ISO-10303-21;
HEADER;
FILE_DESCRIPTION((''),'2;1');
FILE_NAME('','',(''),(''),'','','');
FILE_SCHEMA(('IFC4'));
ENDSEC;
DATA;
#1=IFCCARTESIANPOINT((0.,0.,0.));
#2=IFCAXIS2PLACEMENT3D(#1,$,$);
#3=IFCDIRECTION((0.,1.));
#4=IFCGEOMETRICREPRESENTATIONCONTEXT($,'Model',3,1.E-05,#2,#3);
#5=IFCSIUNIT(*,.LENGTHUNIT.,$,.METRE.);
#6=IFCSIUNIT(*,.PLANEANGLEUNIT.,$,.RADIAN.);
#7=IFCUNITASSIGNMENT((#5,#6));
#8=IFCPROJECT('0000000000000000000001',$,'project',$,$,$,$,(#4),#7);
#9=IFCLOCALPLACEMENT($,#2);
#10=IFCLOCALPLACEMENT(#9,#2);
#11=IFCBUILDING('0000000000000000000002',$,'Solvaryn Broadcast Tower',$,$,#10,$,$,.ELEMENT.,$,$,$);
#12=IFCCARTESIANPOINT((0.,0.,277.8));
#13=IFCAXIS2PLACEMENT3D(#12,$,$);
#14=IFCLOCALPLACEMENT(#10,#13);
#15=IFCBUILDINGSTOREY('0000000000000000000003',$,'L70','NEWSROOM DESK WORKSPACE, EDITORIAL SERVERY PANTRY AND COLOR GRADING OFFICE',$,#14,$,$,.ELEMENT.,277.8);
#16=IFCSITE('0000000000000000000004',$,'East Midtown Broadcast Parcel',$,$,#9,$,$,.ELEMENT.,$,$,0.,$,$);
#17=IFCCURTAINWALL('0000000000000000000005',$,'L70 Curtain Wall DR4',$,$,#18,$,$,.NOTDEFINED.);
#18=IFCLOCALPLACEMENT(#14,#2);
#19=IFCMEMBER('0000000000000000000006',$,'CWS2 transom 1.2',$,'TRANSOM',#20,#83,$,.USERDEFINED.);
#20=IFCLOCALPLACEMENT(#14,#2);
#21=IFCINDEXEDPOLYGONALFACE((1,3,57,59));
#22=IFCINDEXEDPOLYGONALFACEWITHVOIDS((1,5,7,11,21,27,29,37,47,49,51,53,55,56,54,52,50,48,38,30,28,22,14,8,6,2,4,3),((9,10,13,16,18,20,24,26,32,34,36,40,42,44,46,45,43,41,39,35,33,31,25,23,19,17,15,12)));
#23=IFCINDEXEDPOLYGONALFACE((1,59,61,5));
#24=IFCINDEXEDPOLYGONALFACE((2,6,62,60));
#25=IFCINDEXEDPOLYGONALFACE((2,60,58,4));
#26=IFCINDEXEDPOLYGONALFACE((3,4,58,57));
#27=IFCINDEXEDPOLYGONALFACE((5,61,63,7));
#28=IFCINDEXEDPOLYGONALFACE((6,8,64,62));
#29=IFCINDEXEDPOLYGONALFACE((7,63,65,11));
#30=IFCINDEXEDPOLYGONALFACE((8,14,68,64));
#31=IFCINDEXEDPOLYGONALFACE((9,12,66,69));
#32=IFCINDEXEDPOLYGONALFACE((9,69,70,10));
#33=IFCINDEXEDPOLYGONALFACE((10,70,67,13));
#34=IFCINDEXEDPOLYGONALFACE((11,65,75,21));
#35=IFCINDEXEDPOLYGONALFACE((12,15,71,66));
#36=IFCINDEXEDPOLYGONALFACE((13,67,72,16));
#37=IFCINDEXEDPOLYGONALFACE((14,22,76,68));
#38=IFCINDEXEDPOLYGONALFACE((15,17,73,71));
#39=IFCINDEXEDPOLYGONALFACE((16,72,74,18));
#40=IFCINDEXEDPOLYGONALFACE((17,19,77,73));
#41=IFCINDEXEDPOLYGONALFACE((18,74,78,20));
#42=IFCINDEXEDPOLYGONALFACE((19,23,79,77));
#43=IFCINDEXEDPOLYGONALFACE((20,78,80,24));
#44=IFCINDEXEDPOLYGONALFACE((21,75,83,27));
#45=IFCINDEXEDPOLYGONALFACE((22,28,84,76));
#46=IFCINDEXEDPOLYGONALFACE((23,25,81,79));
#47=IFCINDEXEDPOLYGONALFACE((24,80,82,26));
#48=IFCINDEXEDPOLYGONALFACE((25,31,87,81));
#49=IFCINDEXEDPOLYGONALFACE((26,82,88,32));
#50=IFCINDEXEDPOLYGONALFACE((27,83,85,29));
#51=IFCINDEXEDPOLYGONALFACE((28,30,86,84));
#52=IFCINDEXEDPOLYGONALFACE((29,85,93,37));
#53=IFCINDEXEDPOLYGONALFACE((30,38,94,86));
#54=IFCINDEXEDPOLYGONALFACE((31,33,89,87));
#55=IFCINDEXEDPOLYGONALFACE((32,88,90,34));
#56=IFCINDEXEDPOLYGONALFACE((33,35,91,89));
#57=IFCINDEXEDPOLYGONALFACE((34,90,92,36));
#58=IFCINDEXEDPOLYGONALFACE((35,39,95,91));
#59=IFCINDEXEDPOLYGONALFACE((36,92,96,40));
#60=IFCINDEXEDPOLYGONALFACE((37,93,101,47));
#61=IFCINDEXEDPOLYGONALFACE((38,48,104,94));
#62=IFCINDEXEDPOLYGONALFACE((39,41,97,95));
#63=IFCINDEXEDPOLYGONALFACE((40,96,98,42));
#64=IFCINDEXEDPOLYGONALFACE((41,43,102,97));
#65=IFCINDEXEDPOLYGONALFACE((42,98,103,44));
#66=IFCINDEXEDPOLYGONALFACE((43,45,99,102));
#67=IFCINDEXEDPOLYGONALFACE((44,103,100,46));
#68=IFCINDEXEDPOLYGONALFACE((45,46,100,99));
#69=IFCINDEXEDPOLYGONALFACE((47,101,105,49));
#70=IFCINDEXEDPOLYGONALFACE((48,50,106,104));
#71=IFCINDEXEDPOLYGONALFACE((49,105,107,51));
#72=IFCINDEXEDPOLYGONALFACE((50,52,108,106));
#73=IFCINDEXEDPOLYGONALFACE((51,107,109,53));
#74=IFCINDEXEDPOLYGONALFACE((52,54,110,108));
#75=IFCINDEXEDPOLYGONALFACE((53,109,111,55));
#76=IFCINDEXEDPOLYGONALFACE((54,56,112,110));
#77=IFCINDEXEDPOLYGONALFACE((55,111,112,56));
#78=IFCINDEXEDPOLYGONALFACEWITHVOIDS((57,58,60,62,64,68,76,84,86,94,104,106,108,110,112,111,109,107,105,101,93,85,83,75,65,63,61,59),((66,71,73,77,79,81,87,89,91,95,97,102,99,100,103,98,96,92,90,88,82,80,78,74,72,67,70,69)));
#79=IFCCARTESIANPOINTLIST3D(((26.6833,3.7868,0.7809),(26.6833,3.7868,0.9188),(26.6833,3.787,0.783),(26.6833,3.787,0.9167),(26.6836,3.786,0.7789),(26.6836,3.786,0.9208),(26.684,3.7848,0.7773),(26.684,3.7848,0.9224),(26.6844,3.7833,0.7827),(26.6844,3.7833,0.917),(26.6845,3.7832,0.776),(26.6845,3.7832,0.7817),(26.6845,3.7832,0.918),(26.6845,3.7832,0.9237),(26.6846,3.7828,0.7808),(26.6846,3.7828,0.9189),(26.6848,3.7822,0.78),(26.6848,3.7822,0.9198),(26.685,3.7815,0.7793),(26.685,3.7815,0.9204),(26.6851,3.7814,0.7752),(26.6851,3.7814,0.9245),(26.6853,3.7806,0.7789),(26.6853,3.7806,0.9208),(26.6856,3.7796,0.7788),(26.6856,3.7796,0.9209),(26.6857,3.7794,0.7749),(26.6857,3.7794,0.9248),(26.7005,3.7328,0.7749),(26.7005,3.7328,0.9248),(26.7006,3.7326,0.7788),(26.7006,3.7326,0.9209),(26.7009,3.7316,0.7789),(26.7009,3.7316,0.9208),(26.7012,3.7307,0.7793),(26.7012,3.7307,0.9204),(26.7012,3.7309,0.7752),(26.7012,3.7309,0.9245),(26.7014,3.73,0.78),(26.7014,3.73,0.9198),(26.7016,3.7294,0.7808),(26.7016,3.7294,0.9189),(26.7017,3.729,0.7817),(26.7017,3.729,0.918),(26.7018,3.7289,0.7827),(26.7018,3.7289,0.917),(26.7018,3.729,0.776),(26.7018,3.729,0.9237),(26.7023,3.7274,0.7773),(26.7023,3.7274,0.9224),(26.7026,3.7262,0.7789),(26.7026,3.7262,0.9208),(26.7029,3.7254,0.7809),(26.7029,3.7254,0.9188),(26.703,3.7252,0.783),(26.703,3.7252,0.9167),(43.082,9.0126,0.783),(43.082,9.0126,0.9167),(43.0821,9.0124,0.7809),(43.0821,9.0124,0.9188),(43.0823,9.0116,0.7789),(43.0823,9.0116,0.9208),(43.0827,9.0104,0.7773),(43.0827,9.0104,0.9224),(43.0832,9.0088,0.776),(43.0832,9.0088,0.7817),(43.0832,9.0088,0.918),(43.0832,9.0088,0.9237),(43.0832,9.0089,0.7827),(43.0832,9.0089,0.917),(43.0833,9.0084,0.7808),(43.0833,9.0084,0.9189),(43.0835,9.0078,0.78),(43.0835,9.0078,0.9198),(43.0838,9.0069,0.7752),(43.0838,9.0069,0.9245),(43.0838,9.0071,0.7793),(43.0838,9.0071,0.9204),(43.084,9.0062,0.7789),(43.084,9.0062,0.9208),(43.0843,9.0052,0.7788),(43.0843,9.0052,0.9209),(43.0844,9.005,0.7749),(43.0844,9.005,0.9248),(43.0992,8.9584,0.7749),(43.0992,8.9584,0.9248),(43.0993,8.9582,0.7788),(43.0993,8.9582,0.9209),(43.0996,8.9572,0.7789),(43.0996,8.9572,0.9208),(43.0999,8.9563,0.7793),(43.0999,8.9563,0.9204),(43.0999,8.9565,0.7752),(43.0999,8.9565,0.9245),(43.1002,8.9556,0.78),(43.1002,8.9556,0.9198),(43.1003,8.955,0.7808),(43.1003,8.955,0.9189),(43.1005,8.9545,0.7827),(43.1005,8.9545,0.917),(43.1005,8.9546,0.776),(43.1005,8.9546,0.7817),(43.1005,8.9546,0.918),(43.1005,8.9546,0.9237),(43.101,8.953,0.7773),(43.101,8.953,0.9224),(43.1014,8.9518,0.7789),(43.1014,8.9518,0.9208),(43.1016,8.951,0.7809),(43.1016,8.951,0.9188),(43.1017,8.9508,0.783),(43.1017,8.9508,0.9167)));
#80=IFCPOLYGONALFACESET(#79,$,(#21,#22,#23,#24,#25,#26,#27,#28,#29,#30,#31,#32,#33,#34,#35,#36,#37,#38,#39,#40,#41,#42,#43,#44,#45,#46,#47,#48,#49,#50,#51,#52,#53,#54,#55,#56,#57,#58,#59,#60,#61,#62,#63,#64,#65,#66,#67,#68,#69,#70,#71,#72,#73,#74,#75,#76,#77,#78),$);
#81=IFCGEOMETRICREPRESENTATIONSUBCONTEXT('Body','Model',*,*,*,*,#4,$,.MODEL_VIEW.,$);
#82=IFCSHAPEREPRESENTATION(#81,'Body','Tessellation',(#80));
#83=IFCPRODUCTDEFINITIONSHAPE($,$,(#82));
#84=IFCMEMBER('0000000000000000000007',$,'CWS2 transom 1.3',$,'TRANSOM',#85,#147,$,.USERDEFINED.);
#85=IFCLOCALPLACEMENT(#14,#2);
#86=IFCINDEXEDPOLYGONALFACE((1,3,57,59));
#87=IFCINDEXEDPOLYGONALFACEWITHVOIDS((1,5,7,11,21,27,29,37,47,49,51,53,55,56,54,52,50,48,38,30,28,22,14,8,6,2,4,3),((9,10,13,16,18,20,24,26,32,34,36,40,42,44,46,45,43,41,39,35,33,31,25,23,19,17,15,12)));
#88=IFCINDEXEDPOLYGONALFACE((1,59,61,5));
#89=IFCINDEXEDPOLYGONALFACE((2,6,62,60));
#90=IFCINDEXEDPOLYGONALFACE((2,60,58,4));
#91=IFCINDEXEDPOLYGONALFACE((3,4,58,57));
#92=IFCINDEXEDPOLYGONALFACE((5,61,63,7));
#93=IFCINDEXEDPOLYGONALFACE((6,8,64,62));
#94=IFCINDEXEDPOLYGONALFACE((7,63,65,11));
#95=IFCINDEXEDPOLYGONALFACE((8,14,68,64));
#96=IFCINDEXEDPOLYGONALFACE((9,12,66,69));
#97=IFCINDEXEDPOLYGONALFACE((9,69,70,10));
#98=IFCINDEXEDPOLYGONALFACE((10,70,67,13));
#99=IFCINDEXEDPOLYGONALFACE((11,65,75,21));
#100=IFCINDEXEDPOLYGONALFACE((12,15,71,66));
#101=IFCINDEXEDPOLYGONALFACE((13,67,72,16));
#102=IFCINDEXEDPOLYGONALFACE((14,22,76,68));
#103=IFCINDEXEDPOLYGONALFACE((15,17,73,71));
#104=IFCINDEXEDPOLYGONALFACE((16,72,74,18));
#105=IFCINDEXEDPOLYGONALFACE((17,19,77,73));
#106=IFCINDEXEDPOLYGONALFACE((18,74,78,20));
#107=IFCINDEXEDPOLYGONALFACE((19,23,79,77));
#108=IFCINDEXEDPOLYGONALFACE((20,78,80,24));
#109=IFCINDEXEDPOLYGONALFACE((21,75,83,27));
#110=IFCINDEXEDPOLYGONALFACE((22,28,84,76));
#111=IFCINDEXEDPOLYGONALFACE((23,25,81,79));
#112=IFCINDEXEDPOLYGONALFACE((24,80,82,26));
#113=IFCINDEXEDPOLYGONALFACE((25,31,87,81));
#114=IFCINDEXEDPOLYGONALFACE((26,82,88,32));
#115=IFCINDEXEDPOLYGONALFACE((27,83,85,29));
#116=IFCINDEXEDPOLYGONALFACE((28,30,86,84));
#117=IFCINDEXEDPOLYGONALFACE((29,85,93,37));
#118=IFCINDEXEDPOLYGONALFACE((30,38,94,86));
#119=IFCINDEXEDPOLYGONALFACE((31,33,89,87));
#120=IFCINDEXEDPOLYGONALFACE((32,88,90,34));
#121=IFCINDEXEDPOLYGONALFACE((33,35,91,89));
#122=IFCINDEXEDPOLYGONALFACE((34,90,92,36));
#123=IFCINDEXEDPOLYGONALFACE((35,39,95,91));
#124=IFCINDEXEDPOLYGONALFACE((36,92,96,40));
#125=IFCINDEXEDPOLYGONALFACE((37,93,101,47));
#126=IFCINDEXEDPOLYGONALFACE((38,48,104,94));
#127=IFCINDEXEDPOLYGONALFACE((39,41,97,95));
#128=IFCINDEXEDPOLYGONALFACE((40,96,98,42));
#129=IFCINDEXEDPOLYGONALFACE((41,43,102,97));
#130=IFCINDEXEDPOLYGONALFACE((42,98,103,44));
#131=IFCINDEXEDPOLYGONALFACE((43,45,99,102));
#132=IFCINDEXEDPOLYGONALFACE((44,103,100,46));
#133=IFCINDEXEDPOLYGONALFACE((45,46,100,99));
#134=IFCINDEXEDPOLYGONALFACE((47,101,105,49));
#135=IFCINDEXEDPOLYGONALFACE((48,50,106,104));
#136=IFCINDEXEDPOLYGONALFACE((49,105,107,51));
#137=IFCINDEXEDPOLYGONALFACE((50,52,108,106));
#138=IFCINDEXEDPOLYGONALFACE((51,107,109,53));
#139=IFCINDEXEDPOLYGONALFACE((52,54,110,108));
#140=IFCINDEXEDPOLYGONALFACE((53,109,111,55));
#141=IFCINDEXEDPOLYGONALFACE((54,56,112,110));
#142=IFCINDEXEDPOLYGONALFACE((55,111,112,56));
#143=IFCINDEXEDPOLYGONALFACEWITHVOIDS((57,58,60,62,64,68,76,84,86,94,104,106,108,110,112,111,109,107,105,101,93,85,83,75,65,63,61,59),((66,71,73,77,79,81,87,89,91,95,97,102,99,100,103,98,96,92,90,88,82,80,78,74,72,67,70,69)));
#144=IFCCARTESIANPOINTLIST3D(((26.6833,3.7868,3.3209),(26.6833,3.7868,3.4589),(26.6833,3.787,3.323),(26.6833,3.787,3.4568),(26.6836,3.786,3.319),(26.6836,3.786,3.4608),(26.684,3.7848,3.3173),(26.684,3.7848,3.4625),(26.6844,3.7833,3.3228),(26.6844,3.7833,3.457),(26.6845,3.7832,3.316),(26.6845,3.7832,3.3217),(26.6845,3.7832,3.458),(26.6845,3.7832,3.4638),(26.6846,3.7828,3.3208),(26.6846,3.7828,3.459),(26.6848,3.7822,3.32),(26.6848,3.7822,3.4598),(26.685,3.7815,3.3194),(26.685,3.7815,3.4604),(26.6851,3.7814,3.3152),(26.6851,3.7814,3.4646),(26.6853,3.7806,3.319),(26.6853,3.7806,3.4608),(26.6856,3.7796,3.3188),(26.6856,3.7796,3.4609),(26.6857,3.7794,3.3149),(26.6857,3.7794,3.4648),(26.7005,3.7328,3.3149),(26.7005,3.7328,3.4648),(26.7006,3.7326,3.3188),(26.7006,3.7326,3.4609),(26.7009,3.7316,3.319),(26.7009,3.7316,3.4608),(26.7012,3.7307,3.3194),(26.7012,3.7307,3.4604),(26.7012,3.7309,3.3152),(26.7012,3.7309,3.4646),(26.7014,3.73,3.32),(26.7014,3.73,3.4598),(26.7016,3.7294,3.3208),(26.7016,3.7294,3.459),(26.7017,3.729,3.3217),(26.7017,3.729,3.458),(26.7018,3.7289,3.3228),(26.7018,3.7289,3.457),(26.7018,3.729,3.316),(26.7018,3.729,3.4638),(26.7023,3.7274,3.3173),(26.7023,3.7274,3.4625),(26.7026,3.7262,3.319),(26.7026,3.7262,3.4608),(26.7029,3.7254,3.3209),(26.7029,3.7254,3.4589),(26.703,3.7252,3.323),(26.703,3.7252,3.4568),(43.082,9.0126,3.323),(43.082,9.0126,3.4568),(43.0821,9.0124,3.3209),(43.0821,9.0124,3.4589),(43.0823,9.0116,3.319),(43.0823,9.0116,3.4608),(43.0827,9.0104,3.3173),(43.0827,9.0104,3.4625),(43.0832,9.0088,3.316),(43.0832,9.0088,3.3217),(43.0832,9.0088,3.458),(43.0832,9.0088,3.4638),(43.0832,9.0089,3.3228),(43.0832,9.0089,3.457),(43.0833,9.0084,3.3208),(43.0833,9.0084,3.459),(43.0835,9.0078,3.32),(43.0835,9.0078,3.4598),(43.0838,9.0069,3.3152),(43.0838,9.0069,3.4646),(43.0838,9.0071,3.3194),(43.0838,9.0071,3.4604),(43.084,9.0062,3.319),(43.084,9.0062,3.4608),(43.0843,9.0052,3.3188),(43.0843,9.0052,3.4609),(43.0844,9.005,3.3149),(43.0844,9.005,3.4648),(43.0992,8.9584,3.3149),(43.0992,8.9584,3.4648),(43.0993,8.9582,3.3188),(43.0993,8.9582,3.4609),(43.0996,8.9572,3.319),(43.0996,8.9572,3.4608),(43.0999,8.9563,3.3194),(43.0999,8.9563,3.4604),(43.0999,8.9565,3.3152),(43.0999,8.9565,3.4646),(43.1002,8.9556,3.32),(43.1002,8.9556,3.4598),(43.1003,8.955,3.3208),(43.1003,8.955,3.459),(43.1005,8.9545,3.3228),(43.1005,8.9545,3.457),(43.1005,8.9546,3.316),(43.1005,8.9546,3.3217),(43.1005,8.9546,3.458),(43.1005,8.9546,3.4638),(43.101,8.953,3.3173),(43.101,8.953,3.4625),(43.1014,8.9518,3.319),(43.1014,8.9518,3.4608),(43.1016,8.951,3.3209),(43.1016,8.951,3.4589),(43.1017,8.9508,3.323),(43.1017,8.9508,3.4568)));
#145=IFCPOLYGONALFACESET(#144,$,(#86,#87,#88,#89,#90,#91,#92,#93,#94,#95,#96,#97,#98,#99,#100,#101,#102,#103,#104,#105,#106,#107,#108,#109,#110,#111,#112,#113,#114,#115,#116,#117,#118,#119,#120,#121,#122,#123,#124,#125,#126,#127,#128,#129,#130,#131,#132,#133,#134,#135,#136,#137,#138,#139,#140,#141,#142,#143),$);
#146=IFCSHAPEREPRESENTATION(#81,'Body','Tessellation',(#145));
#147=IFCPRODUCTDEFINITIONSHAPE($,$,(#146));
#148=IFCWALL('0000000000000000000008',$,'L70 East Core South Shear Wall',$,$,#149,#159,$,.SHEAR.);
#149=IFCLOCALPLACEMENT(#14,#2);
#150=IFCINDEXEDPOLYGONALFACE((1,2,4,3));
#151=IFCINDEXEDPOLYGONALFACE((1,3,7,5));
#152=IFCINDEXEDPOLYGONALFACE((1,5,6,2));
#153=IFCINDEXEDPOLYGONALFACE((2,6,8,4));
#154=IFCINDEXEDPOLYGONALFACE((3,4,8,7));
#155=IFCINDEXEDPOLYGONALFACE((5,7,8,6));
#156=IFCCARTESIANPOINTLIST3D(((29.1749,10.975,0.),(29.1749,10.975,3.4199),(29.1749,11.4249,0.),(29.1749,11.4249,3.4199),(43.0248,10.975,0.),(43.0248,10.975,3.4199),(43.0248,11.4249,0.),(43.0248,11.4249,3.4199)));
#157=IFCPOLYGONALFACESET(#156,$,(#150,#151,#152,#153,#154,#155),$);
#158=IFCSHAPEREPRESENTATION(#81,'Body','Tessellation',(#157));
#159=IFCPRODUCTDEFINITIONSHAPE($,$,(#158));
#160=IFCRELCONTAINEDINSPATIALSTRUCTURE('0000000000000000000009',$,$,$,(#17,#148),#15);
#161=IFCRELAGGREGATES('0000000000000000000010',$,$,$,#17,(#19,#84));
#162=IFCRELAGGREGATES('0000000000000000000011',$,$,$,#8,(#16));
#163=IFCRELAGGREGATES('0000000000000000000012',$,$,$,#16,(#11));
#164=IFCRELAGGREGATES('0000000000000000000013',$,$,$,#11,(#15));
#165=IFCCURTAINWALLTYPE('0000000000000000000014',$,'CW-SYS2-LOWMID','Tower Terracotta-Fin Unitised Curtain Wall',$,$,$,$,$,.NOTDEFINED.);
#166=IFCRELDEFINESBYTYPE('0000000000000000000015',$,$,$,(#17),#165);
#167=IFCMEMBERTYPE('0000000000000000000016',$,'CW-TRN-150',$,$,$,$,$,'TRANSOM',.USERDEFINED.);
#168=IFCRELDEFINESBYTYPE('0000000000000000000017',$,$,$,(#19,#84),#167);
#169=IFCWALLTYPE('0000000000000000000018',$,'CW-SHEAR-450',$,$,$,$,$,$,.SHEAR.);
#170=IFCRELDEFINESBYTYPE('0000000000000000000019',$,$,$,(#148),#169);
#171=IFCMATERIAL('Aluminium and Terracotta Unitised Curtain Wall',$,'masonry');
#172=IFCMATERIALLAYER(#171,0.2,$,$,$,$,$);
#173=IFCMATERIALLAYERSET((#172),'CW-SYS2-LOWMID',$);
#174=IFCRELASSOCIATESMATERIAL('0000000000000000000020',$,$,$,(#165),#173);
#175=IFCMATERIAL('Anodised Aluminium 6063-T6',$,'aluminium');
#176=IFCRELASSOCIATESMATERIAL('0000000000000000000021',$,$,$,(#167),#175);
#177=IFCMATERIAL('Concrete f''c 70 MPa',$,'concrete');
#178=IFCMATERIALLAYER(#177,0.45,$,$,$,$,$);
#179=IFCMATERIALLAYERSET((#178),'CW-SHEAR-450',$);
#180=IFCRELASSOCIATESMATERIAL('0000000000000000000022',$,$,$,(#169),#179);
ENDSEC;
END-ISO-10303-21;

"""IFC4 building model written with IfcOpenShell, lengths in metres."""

from ifc_helpers import new_model, si_unit, direction, frame, frame_2d, origin, origin_2d, place, context, subcontext, project, spatial, rectangle, hollow_rectangle, extrude, material, layer, layer_set, material_profile, profile_set, type_object, element, aggregate, save


model = new_model("IFC4")

# Units and contexts
model_context = context("Model", 3, precision=1e-05, world=origin(), true_north=direction((0.0, 1.0)))
body_context = subcontext(model_context, "Body", "Model", "MODEL_VIEW")
ifc_project = project(units=[si_unit("LENGTHUNIT", "METRE"), si_unit("PLANEANGLEUNIT", "RADIAN")], contexts=[model_context])

# Site, building, storey
site_placement = place(None, origin())
site = spatial("IfcSite", under=ifc_project, at=site_placement, Name="East Midtown Broadcast Parcel", CompositionType="ELEMENT", RefElevation=0.0)
building_placement = place(site_placement, origin())
building = spatial("IfcBuilding", under=site, at=building_placement, Name="Solvaryn Broadcast Tower", CompositionType="ELEMENT")
storey_placement = place(building_placement, frame((0.0, 0.0, 277.8)))
storey = spatial("IfcBuildingStorey", under=building, at=storey_placement, Name="L70", Description="NEWSROOM DESK WORKSPACE, EDITORIAL SERVERY PANTRY AND COLOR GRADING OFFICE", CompositionType="ELEMENT", Elevation=277.8)

# Shared definitions
ifc_material_1 = material(Name="Aluminium and Terracotta Unitised Curtain Wall", Category="masonry")
ifc_layer_1 = layer(ifc_material_1, 0.2)
ifc_layer_set_1 = layer_set([ifc_layer_1], Name="CW-SYS2-LOWMID")
curtain_wall_type = type_object("IfcCurtainWallType", Name="CW-SYS2-LOWMID", Description="Tower Terracotta-Fin Unitised Curtain Wall", PredefinedType="NOTDEFINED", material=ifc_layer_set_1)

# Curtain wall, members
curtain_wall_1_placement = place(storey_placement, origin())
curtain_wall_1 = element("IfcCurtainWall", 1, at=curtain_wall_1_placement, inside=storey, type_object=curtain_wall_type, Name="L70 Curtain Wall DR4", PredefinedType="NOTDEFINED")
ifc_material_2 = material(Name="Anodised Aluminium 6063-T6", Category="aluminium")
ifc_material_profile_1 = material_profile(ifc_material_2, hollow_rectangle(XDim=0.0649, YDim=0.1499, WallThickness=0.0039, InnerFilletRadius=0.0039, OuterFilletRadius=0.0081, at=origin_2d()))
ifc_profile_set_1 = profile_set([ifc_material_profile_1], Name="Anodised Aluminium 6063-T6")
member_type_1 = type_object("IfcMemberType", Name="CW-TRN-150", ElementType="TRANSOM", PredefinedType="USERDEFINED", material=ifc_profile_set_1)
member_1_placement = place(storey_placement, frame((26.6931, 3.7561, 0.8499), z_axis=(0.952794, 0.303616, 0.0), x_axis=(-0.303616, 0.952794, 0.0)))
member_1 = element("IfcMember", 2, at=member_1_placement, type_object=member_type_1, Name="CWS2 transom 1.2", ObjectType="TRANSOM", PredefinedType="USERDEFINED", context=body_context, shape_type="SweptSolid", body=[
    extrude(hollow_rectangle(XDim=0.0649, YDim=0.1499, WallThickness=0.0039, InnerFilletRadius=0.0039, OuterFilletRadius=0.0081, at=origin_2d()), origin(), (0.0, 0.0, 1.0), 17.2112),
])
member_2_placement = place(storey_placement, frame((26.6931, 3.7561, 3.3899), z_axis=(0.952794, 0.303616, 0.0), x_axis=(-0.303616, 0.952794, 0.0)))
member_2 = element("IfcMember", 3, at=member_2_placement, type_object=member_type_1, Name="CWS2 transom 1.3", ObjectType="TRANSOM", PredefinedType="USERDEFINED", context=body_context, shape_type="SweptSolid", body=[
    extrude(hollow_rectangle(XDim=0.0649, YDim=0.1499, WallThickness=0.0039, InnerFilletRadius=0.0039, OuterFilletRadius=0.0081, at=origin_2d()), origin(), (0.0, 0.0, 1.0), 17.2112),
])
aggregate(curtain_wall_1, [member_1, member_2])

# Wall
ifc_material_3 = material(Name="Concrete f'c 70 MPa", Category="concrete")
ifc_layer_2 = layer(ifc_material_3, 0.45)
ifc_layer_set_2 = layer_set([ifc_layer_2], Name="CW-SHEAR-450")
wall_type_1 = type_object("IfcWallType", Name="CW-SHEAR-450", PredefinedType="SHEAR", material=ifc_layer_set_2)
wall_1_placement = place(storey_placement, frame((29.175, 11.2, 0.0), z_axis=(0.0, 0.0, 1.0), x_axis=(1.0, 0.0, 0.0)))
element("IfcWall", 4, at=wall_1_placement, inside=storey, type_object=wall_type_1, Name="L70 East Core South Shear Wall", PredefinedType="SHEAR", context=body_context, shape_type="SweptSolid", body=[
    extrude(rectangle(XDim=13.8499, YDim=0.45, at=frame_2d((6.9248, 0.0))), origin(), (0.0, 0.0, 1.0), 3.4199),
])

save(model, "model.ifc")
